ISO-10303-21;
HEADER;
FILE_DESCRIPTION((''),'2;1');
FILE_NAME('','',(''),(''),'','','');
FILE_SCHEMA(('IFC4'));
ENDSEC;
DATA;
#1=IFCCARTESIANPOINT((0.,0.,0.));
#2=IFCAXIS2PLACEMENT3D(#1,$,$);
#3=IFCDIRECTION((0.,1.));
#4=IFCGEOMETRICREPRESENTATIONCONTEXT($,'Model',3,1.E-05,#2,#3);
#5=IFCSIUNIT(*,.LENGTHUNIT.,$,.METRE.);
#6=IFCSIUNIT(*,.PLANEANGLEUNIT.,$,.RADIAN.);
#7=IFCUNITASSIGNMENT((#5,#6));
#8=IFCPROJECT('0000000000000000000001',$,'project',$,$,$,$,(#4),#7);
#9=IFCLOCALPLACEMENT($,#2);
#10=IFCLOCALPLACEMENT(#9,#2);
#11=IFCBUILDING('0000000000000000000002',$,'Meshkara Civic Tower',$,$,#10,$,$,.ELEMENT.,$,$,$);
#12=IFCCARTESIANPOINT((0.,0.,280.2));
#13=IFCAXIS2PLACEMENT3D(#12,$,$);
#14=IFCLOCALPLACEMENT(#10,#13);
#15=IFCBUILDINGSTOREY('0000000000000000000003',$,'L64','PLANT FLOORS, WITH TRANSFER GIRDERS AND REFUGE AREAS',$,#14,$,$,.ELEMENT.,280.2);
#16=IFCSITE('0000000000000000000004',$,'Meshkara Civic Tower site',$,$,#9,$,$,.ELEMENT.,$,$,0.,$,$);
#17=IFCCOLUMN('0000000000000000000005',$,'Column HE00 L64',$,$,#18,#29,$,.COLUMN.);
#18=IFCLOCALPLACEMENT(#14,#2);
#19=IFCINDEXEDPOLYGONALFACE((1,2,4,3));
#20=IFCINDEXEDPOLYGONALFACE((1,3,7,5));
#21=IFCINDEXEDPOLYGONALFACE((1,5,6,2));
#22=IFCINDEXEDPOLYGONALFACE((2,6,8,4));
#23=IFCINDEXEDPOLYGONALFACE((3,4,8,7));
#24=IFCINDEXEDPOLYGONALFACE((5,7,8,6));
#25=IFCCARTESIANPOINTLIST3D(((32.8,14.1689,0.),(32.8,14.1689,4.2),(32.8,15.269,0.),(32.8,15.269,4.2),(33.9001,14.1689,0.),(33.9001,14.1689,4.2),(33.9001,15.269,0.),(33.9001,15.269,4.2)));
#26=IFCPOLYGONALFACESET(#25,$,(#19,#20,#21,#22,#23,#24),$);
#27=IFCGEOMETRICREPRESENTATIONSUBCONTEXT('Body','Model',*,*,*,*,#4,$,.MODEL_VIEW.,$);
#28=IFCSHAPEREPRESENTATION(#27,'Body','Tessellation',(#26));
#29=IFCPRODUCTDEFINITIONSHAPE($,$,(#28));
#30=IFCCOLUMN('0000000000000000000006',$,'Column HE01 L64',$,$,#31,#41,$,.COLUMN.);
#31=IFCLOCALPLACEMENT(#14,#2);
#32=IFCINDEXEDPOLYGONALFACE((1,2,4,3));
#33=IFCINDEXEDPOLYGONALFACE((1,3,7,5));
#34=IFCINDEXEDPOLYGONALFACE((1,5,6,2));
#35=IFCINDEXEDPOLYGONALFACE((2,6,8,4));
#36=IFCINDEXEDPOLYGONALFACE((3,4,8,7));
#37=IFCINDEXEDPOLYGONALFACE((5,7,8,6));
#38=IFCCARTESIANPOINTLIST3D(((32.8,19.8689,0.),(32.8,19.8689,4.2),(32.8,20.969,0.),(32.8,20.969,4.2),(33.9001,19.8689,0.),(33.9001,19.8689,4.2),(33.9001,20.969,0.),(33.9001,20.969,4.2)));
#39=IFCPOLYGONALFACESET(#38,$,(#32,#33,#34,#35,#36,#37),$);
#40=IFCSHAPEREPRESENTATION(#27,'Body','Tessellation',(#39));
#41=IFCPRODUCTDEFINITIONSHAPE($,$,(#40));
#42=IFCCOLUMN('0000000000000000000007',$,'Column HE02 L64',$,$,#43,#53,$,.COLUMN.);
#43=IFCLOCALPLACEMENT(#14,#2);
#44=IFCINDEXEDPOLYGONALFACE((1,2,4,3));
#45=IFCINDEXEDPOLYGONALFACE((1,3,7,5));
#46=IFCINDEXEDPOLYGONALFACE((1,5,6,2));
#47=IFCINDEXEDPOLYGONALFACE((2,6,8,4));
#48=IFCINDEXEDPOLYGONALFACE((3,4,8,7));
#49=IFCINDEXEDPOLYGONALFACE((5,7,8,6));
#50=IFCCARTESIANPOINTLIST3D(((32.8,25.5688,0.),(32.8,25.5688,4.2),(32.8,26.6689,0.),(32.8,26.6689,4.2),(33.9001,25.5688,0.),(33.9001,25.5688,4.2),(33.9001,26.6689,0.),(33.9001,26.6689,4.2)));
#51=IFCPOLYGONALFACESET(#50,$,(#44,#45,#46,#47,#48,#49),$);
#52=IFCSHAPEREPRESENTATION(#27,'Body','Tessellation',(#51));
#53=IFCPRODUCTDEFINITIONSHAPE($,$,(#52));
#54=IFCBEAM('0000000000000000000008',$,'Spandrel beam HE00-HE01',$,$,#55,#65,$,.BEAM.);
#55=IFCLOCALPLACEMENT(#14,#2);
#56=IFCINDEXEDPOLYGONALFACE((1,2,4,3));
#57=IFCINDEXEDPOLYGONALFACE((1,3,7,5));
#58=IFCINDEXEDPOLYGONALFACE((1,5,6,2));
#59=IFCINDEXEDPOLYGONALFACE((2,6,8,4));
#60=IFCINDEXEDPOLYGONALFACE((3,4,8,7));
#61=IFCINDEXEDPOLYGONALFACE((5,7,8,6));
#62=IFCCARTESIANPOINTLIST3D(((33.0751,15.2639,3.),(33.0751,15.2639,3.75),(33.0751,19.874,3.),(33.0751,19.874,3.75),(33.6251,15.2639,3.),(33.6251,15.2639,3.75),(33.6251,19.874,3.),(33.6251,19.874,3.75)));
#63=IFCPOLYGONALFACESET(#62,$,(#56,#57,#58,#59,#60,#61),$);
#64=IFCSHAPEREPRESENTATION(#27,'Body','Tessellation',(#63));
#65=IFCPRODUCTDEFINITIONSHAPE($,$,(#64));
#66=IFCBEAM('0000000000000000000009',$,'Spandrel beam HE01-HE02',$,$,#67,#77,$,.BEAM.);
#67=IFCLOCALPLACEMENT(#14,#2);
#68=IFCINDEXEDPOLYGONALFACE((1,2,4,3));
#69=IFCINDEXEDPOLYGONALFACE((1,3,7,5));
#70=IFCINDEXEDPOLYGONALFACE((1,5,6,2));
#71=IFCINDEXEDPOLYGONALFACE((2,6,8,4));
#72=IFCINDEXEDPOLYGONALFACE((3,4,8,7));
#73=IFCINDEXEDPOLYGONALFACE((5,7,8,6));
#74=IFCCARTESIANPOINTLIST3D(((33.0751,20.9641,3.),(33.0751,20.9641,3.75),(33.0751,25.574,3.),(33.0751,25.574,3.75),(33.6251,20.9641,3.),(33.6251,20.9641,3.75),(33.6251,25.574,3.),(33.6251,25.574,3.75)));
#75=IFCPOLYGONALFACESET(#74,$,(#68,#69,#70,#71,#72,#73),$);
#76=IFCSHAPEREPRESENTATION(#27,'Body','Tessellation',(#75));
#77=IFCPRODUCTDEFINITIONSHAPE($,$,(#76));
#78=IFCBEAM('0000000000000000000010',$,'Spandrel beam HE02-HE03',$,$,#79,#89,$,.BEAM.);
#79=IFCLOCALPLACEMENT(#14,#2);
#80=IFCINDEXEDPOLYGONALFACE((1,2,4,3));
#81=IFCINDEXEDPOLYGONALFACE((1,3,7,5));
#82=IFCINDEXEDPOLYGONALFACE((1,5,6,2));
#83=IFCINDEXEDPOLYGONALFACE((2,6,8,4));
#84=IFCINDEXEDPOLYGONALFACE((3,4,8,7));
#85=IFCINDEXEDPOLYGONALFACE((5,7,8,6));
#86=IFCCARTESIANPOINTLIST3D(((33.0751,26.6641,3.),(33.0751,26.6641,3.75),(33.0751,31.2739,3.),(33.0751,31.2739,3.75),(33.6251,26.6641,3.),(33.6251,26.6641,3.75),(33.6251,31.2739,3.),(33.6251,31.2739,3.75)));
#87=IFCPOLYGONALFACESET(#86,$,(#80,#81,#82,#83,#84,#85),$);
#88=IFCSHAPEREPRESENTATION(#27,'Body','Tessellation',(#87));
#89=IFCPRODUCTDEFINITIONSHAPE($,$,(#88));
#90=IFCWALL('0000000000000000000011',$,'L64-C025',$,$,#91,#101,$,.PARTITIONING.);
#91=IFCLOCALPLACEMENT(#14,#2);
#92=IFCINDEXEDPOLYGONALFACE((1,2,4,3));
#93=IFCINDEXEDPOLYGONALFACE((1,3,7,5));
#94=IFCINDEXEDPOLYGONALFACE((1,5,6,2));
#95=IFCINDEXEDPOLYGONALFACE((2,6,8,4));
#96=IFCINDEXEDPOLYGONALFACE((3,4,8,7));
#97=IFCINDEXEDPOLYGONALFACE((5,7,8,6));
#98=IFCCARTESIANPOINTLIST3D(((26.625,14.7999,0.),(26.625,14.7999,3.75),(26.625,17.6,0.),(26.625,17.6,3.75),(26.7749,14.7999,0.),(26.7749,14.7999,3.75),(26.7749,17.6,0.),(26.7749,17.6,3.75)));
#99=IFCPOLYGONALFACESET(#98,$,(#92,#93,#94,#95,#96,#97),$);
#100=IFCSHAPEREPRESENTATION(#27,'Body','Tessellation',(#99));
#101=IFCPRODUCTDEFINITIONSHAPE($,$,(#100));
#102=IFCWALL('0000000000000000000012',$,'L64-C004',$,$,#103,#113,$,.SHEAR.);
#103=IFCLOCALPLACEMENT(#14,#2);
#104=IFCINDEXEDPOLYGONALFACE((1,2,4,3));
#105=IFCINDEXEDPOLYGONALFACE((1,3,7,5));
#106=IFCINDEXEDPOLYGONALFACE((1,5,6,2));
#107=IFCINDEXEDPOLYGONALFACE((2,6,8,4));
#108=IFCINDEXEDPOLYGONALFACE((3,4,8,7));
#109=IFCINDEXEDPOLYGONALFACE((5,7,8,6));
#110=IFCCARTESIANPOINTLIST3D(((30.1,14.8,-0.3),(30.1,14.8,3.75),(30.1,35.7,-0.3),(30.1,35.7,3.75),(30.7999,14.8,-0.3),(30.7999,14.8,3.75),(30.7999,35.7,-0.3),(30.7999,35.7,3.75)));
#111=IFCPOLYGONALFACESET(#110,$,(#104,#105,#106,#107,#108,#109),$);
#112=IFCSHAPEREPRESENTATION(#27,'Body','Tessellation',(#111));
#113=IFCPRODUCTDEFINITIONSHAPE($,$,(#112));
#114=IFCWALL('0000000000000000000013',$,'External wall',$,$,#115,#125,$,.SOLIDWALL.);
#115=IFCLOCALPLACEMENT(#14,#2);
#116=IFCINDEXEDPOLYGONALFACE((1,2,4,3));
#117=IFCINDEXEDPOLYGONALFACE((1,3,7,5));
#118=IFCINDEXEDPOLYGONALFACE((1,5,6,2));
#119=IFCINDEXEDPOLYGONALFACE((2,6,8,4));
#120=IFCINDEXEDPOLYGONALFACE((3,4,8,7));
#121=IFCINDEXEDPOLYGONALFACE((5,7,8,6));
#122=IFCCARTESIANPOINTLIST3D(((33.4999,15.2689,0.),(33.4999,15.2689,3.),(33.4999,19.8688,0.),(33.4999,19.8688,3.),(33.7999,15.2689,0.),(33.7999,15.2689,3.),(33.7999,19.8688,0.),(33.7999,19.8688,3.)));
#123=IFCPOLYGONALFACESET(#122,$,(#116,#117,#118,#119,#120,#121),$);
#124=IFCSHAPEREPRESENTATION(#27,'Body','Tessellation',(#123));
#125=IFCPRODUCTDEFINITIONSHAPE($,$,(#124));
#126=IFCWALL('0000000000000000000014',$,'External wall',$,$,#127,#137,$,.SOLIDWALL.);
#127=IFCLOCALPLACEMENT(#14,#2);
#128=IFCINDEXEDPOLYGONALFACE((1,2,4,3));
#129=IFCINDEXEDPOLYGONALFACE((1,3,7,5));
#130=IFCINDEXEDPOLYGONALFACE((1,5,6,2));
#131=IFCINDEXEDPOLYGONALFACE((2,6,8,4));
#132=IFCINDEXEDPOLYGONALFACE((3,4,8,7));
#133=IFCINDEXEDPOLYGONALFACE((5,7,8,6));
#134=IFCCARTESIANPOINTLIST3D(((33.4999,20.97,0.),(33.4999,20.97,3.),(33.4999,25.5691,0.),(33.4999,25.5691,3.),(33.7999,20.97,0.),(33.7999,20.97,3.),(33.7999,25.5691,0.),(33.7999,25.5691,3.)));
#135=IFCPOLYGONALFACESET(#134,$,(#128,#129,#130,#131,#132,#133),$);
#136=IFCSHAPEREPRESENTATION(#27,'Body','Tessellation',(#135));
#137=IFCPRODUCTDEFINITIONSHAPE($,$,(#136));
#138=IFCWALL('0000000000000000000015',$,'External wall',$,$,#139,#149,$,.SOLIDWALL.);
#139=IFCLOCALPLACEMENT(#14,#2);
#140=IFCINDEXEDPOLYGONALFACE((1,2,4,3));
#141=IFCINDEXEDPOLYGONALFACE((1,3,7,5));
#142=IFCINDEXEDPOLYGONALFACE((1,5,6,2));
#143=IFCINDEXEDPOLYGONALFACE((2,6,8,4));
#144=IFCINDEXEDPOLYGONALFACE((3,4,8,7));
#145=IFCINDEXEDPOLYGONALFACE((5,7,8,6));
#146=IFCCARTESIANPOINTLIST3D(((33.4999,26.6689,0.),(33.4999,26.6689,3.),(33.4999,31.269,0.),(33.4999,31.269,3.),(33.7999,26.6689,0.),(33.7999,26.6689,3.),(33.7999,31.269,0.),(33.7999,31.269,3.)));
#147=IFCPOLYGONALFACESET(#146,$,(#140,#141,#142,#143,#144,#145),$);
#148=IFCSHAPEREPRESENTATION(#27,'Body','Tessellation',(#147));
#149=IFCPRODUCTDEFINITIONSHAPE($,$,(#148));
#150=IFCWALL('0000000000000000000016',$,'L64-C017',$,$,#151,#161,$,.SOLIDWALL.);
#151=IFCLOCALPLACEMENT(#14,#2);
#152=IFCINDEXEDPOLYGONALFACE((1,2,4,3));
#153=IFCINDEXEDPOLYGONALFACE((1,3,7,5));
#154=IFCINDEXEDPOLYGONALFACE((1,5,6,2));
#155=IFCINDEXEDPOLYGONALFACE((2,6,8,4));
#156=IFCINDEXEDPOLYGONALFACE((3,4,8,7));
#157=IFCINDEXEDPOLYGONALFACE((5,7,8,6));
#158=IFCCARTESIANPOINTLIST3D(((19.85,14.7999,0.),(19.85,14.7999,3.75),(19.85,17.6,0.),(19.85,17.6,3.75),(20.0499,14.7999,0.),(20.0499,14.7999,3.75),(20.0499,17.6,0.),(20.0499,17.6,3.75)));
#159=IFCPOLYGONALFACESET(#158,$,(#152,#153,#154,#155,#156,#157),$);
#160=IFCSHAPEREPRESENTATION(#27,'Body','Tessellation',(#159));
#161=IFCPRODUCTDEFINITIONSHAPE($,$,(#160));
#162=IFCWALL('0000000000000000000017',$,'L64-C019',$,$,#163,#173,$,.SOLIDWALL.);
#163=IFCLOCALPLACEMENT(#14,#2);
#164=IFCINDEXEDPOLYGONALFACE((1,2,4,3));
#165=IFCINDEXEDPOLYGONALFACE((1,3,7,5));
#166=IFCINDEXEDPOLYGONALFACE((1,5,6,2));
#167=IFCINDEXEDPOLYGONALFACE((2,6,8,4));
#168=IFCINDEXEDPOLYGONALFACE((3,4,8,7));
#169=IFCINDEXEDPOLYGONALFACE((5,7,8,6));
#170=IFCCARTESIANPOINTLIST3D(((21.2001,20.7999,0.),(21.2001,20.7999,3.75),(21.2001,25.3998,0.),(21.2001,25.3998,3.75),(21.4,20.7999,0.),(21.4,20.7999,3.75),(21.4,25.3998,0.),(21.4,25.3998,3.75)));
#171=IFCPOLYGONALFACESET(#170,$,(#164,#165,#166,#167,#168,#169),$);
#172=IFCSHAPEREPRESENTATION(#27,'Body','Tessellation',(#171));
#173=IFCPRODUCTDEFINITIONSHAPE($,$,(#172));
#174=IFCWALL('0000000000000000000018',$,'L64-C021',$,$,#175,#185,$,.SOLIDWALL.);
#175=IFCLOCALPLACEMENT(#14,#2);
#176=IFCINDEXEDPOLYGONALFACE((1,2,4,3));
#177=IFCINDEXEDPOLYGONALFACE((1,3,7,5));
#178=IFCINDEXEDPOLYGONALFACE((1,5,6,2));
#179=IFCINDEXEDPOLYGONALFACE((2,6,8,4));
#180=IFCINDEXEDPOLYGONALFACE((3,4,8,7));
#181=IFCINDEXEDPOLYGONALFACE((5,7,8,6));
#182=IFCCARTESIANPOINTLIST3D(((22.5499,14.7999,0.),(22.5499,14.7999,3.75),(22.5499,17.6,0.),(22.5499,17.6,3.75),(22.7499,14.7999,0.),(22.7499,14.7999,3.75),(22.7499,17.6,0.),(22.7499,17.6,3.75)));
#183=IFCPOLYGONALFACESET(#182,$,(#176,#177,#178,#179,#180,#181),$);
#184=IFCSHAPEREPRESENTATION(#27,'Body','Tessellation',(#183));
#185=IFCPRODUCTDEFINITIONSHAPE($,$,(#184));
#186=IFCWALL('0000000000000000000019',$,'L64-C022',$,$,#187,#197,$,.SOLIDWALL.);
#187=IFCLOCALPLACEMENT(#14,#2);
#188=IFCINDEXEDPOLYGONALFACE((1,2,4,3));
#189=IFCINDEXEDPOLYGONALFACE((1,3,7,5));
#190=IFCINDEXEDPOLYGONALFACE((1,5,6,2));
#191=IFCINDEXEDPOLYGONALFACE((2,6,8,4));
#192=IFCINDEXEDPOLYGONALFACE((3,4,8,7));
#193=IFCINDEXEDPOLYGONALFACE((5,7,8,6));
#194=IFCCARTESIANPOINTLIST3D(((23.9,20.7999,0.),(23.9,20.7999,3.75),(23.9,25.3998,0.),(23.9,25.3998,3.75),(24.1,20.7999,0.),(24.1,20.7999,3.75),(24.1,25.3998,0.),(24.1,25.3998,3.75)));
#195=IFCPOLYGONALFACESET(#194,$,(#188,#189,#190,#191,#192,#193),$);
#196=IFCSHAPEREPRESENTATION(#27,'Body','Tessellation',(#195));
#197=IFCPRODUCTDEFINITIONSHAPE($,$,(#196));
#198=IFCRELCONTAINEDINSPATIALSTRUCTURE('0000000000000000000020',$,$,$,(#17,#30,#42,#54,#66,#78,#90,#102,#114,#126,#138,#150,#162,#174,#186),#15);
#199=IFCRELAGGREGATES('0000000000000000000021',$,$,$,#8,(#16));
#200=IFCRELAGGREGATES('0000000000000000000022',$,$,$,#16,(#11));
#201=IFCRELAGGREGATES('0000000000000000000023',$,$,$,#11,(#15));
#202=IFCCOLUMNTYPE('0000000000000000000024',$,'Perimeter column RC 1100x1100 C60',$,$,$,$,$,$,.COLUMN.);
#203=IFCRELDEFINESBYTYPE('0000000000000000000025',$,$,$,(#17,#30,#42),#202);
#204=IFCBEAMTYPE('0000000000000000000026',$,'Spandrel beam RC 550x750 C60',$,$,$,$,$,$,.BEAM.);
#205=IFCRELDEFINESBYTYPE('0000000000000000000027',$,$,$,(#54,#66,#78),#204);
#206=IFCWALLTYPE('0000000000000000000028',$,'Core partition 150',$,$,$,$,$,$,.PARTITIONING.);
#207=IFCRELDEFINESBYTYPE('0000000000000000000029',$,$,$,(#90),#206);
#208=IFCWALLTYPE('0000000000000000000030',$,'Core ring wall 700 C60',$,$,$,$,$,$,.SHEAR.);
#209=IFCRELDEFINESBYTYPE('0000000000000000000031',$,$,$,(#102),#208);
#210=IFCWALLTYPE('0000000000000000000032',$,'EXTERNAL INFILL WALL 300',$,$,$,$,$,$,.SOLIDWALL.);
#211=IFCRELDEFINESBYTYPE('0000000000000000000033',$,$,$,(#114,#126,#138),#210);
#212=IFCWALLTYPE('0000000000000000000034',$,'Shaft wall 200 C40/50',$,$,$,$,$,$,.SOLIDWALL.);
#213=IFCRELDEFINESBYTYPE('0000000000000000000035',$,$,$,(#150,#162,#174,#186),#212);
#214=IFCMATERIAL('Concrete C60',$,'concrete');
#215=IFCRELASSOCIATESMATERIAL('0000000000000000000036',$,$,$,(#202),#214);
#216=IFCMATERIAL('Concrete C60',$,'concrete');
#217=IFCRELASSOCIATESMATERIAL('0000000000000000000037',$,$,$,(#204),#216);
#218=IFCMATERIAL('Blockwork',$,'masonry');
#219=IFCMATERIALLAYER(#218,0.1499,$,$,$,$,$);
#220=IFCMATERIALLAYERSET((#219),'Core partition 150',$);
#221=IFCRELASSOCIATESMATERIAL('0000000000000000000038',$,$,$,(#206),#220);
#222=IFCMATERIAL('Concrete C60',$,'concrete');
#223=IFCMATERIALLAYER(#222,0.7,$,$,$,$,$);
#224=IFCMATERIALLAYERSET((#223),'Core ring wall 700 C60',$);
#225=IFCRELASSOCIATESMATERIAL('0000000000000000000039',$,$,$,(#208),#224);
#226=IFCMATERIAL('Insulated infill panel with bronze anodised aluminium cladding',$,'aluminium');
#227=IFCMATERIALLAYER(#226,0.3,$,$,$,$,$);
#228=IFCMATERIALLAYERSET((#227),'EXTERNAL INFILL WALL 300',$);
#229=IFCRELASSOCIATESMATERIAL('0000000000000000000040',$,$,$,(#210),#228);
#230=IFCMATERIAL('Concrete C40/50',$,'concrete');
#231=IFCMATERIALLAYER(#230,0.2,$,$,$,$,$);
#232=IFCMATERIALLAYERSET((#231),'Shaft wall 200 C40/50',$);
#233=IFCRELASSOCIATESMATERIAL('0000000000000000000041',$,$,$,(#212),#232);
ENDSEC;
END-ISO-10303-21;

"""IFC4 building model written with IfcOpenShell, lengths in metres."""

from ifc_helpers import new_model, si_unit, direction, frame, frame_2d, origin, origin_2d, place, context, subcontext, project, spatial, rectangle, extrude, material, layer, layer_set, material_profile, profile_set, type_object, element, save


model = new_model("IFC4")

# Units and contexts
model_context = context("Model", 3, precision=1e-05, world=origin(), true_north=direction((0.0, 1.0)))
body_context = subcontext(model_context, "Body", "Model", "MODEL_VIEW")
ifc_project = project(units=[si_unit("LENGTHUNIT", "METRE"), si_unit("PLANEANGLEUNIT", "RADIAN")], contexts=[model_context])

# Site, building, storey
site_placement = place(None, origin())
site = spatial("IfcSite", under=ifc_project, at=site_placement, Name="Meshkara Civic Tower site", CompositionType="ELEMENT", RefElevation=0.0)
building_placement = place(site_placement, origin())
building = spatial("IfcBuilding", under=site, at=building_placement, Name="Meshkara Civic Tower", CompositionType="ELEMENT")
storey_placement = place(building_placement, frame((0.0, 0.0, 280.2)))
storey = spatial("IfcBuildingStorey", under=building, at=storey_placement, Name="L64", Description="PLANT FLOORS, WITH TRANSFER GIRDERS AND REFUGE AREAS", CompositionType="ELEMENT", Elevation=280.2)

# Columns
ifc_material_1 = material(Name="Concrete C60", Category="concrete")
ifc_material_profile_1 = material_profile(ifc_material_1, rectangle(XDim=1.1001, YDim=1.1001, at=origin_2d()))
ifc_profile_set_1 = profile_set([ifc_material_profile_1], Name="Concrete C60")
column_type = type_object("IfcColumnType", Name="Perimeter column RC 1100x1100 C60", PredefinedType="COLUMN", material=ifc_profile_set_1)
for number, where, z_axis, x_axis, name in (
    (1, (33.3501, 14.719, 0.0), (0.0, 0.0, 1.0), (1.0, 0.0, 0.0), "Column HE00 L64"),
    (2, (33.3501, 20.4189, 0.0), (0.0, 0.0, 1.0), (1.0, 0.0, 0.0), "Column HE01 L64"),
    (3, (33.3501, 26.1189, 0.0), (0.0, 0.0, 1.0), (1.0, 0.0, 0.0), "Column HE02 L64"),
):
    element("IfcColumn", number, at=place(storey_placement, frame(where, z_axis=z_axis, x_axis=x_axis)), inside=storey, type_object=column_type, Name=name, PredefinedType="COLUMN", context=body_context, shape_type="SweptSolid", body=[
        extrude(rectangle(XDim=1.1001, YDim=1.1001, at=origin_2d()), origin(), (0.0, 0.0, 1.0), 4.2),
    ])

# Beams
ifc_material_2 = material(Name="Concrete C60", Category="concrete")
ifc_material_profile_2 = material_profile(ifc_material_2, rectangle(XDim=0.55, YDim=0.75, at=origin_2d()))
ifc_profile_set_2 = profile_set([ifc_material_profile_2], Name="Concrete C60")
beam_type = type_object("IfcBeamType", Name="Spandrel beam RC 550x750 C60", PredefinedType="BEAM", material=ifc_profile_set_2)
beam_placement = place(storey_placement, frame((33.3501, 15.2639, 3.375), z_axis=(0.0, 1.0, 0.0), x_axis=(-1.0, 0.0, 0.0)))
element("IfcBeam", 4, at=beam_placement, inside=storey, type_object=beam_type, Name="Spandrel beam HE00-HE01", PredefinedType="BEAM", context=body_context, shape_type="SweptSolid", body=[
    extrude(rectangle(XDim=0.55, YDim=0.75, at=origin_2d()), origin(), (0.0, 0.0, 1.0), 4.6101),
])
for number, where, z_axis, x_axis, name in (
    (5, (33.3501, 20.9641, 3.375), (0.0, 1.0, 0.0), (-1.0, 0.0, 0.0), "Spandrel beam HE01-HE02"),
    (6, (33.3501, 26.6641, 3.375), (0.0, 1.0, 0.0), (-1.0, 0.0, 0.0), "Spandrel beam HE02-HE03"),
):
    element("IfcBeam", number, at=place(storey_placement, frame(where, z_axis=z_axis, x_axis=x_axis)), inside=storey, type_object=beam_type, Name=name, PredefinedType="BEAM", context=body_context, shape_type="SweptSolid", body=[
        extrude(rectangle(XDim=0.55, YDim=0.75, at=origin_2d()), origin(), (0.0, 0.0, 1.0), 4.6099),
    ])

# Walls
ifc_material_3 = material(Name="Blockwork", Category="masonry")
ifc_layer_1 = layer(ifc_material_3, 0.1499)
ifc_layer_set_1 = layer_set([ifc_layer_1], Name="Core partition 150")
wall_type_1 = type_object("IfcWallType", Name="Core partition 150", PredefinedType="PARTITIONING", material=ifc_layer_set_1)
wall_1_placement = place(storey_placement, frame((26.7, 14.8, 0.0), z_axis=(0.0, 0.0, 1.0), x_axis=(0.0, 1.0, 0.0)))
element("IfcWall", 7, at=wall_1_placement, inside=storey, type_object=wall_type_1, Name="L64-C025", PredefinedType="PARTITIONING", context=body_context, shape_type="SweptSolid", body=[
    extrude(rectangle(XDim=2.8, YDim=0.1499, at=frame_2d((1.3999, 0.0))), origin(), (0.0, 0.0, 1.0), 3.75),
])
ifc_material_4 = material(Name="Concrete C60", Category="concrete")
ifc_layer_2 = layer(ifc_material_4, 0.7)
ifc_layer_set_2 = layer_set([ifc_layer_2], Name="Core ring wall 700 C60")
wall_type_2 = type_object("IfcWallType", Name="Core ring wall 700 C60", PredefinedType="SHEAR", material=ifc_layer_set_2)
wall_2_placement = place(storey_placement, frame((30.45, 14.8, -0.3), z_axis=(0.0, 0.0, 1.0), x_axis=(0.0, 1.0, 0.0)))
element("IfcWall", 8, at=wall_2_placement, inside=storey, type_object=wall_type_2, Name="L64-C004", PredefinedType="SHEAR", context=body_context, shape_type="SweptSolid", body=[
    extrude(rectangle(XDim=20.8999, YDim=0.7, at=frame_2d((10.45, 0.0))), origin(), (0.0, 0.0, 1.0), 4.05),
])
ifc_material_5 = material(Name="Insulated infill panel with bronze anodised aluminium cladding", Category="aluminium")
ifc_layer_3 = layer(ifc_material_5, 0.3)
ifc_layer_set_3 = layer_set([ifc_layer_3], Name="EXTERNAL INFILL WALL 300")
wall_type_3 = type_object("IfcWallType", Name="EXTERNAL INFILL WALL 300", PredefinedType="SOLIDWALL", material=ifc_layer_set_3)
wall_3_placement = place(storey_placement, frame((33.6499, 15.269, 0.0), z_axis=(0.0, 0.0, 1.0), x_axis=(0.0, 1.0, 0.0)))
element("IfcWall", 9, at=wall_3_placement, inside=storey, type_object=wall_type_3, Name="External wall", PredefinedType="SOLIDWALL", context=body_context, shape_type="SweptSolid", body=[
    extrude(rectangle(XDim=4.5999, YDim=0.3, at=frame_2d((2.2998, 0.0))), origin(), (0.0, 0.0, 1.0), 3.0),
])
wall_4_placement = place(storey_placement, frame((33.6499, 20.97, 0.0), z_axis=(0.0, 0.0, 1.0), x_axis=(0.0, 1.0, 0.0)))
element("IfcWall", 10, at=wall_4_placement, inside=storey, type_object=wall_type_3, Name="External wall", PredefinedType="SOLIDWALL", context=body_context, shape_type="SweptSolid", body=[
    extrude(rectangle(XDim=4.5991, YDim=0.3, at=frame_2d((2.2996, 0.0))), origin(), (0.0, 0.0, 1.0), 3.0),
])
wall_5_placement = place(storey_placement, frame((33.6499, 26.6689, 0.0), z_axis=(0.0, 0.0, 1.0), x_axis=(0.0, 1.0, 0.0)))
element("IfcWall", 11, at=wall_5_placement, inside=storey, type_object=wall_type_3, Name="External wall", PredefinedType="SOLIDWALL", context=body_context, shape_type="SweptSolid", body=[
    extrude(rectangle(XDim=4.6001, YDim=0.3, at=frame_2d((2.3, 0.0))), origin(), (0.0, 0.0, 1.0), 3.0),
])
ifc_material_6 = material(Name="Concrete C40/50", Category="concrete")
ifc_layer_4 = layer(ifc_material_6, 0.2)
ifc_layer_set_4 = layer_set([ifc_layer_4], Name="Shaft wall 200 C40/50")
wall_type_4 = type_object("IfcWallType", Name="Shaft wall 200 C40/50", PredefinedType="SOLIDWALL", material=ifc_layer_set_4)
wall_6_placement = place(storey_placement, frame((19.95, 14.8, 0.0), z_axis=(0.0, 0.0, 1.0), x_axis=(0.0, 1.0, 0.0)))
element("IfcWall", 12, at=wall_6_placement, inside=storey, type_object=wall_type_4, Name="L64-C017", PredefinedType="SOLIDWALL", context=body_context, shape_type="SweptSolid", body=[
    extrude(rectangle(XDim=2.8, YDim=0.2, at=frame_2d((1.3999, 0.0))), origin(), (0.0, 0.0, 1.0), 3.75),
])
wall_7_placement = place(storey_placement, frame((21.3, 20.8, 0.0), z_axis=(0.0, 0.0, 1.0), x_axis=(0.0, 1.0, 0.0)))
element("IfcWall", 13, at=wall_7_placement, inside=storey, type_object=wall_type_4, Name="L64-C019", PredefinedType="SOLIDWALL", context=body_context, shape_type="SweptSolid", body=[
    extrude(rectangle(XDim=4.5999, YDim=0.2, at=frame_2d((2.2998, 0.0))), origin(), (0.0, 0.0, 1.0), 3.75),
])
wall_8_placement = place(storey_placement, frame((22.6499, 14.8, 0.0), z_axis=(0.0, 0.0, 1.0), x_axis=(0.0, 1.0, 0.0)))
element("IfcWall", 14, at=wall_8_placement, inside=storey, type_object=wall_type_4, Name="L64-C021", PredefinedType="SOLIDWALL", context=body_context, shape_type="SweptSolid", body=[
    extrude(rectangle(XDim=2.8, YDim=0.2, at=frame_2d((1.3999, 0.0))), origin(), (0.0, 0.0, 1.0), 3.75),
])
wall_9_placement = place(storey_placement, frame((24.0, 20.8, 0.0), z_axis=(0.0, 0.0, 1.0), x_axis=(0.0, 1.0, 0.0)))
element("IfcWall", 15, at=wall_9_placement, inside=storey, type_object=wall_type_4, Name="L64-C022", PredefinedType="SOLIDWALL", context=body_context, shape_type="SweptSolid", body=[
    extrude(rectangle(XDim=4.5999, YDim=0.2, at=frame_2d((2.2998, 0.0))), origin(), (0.0, 0.0, 1.0), 3.75),
])

save(model, "model.ifc")
